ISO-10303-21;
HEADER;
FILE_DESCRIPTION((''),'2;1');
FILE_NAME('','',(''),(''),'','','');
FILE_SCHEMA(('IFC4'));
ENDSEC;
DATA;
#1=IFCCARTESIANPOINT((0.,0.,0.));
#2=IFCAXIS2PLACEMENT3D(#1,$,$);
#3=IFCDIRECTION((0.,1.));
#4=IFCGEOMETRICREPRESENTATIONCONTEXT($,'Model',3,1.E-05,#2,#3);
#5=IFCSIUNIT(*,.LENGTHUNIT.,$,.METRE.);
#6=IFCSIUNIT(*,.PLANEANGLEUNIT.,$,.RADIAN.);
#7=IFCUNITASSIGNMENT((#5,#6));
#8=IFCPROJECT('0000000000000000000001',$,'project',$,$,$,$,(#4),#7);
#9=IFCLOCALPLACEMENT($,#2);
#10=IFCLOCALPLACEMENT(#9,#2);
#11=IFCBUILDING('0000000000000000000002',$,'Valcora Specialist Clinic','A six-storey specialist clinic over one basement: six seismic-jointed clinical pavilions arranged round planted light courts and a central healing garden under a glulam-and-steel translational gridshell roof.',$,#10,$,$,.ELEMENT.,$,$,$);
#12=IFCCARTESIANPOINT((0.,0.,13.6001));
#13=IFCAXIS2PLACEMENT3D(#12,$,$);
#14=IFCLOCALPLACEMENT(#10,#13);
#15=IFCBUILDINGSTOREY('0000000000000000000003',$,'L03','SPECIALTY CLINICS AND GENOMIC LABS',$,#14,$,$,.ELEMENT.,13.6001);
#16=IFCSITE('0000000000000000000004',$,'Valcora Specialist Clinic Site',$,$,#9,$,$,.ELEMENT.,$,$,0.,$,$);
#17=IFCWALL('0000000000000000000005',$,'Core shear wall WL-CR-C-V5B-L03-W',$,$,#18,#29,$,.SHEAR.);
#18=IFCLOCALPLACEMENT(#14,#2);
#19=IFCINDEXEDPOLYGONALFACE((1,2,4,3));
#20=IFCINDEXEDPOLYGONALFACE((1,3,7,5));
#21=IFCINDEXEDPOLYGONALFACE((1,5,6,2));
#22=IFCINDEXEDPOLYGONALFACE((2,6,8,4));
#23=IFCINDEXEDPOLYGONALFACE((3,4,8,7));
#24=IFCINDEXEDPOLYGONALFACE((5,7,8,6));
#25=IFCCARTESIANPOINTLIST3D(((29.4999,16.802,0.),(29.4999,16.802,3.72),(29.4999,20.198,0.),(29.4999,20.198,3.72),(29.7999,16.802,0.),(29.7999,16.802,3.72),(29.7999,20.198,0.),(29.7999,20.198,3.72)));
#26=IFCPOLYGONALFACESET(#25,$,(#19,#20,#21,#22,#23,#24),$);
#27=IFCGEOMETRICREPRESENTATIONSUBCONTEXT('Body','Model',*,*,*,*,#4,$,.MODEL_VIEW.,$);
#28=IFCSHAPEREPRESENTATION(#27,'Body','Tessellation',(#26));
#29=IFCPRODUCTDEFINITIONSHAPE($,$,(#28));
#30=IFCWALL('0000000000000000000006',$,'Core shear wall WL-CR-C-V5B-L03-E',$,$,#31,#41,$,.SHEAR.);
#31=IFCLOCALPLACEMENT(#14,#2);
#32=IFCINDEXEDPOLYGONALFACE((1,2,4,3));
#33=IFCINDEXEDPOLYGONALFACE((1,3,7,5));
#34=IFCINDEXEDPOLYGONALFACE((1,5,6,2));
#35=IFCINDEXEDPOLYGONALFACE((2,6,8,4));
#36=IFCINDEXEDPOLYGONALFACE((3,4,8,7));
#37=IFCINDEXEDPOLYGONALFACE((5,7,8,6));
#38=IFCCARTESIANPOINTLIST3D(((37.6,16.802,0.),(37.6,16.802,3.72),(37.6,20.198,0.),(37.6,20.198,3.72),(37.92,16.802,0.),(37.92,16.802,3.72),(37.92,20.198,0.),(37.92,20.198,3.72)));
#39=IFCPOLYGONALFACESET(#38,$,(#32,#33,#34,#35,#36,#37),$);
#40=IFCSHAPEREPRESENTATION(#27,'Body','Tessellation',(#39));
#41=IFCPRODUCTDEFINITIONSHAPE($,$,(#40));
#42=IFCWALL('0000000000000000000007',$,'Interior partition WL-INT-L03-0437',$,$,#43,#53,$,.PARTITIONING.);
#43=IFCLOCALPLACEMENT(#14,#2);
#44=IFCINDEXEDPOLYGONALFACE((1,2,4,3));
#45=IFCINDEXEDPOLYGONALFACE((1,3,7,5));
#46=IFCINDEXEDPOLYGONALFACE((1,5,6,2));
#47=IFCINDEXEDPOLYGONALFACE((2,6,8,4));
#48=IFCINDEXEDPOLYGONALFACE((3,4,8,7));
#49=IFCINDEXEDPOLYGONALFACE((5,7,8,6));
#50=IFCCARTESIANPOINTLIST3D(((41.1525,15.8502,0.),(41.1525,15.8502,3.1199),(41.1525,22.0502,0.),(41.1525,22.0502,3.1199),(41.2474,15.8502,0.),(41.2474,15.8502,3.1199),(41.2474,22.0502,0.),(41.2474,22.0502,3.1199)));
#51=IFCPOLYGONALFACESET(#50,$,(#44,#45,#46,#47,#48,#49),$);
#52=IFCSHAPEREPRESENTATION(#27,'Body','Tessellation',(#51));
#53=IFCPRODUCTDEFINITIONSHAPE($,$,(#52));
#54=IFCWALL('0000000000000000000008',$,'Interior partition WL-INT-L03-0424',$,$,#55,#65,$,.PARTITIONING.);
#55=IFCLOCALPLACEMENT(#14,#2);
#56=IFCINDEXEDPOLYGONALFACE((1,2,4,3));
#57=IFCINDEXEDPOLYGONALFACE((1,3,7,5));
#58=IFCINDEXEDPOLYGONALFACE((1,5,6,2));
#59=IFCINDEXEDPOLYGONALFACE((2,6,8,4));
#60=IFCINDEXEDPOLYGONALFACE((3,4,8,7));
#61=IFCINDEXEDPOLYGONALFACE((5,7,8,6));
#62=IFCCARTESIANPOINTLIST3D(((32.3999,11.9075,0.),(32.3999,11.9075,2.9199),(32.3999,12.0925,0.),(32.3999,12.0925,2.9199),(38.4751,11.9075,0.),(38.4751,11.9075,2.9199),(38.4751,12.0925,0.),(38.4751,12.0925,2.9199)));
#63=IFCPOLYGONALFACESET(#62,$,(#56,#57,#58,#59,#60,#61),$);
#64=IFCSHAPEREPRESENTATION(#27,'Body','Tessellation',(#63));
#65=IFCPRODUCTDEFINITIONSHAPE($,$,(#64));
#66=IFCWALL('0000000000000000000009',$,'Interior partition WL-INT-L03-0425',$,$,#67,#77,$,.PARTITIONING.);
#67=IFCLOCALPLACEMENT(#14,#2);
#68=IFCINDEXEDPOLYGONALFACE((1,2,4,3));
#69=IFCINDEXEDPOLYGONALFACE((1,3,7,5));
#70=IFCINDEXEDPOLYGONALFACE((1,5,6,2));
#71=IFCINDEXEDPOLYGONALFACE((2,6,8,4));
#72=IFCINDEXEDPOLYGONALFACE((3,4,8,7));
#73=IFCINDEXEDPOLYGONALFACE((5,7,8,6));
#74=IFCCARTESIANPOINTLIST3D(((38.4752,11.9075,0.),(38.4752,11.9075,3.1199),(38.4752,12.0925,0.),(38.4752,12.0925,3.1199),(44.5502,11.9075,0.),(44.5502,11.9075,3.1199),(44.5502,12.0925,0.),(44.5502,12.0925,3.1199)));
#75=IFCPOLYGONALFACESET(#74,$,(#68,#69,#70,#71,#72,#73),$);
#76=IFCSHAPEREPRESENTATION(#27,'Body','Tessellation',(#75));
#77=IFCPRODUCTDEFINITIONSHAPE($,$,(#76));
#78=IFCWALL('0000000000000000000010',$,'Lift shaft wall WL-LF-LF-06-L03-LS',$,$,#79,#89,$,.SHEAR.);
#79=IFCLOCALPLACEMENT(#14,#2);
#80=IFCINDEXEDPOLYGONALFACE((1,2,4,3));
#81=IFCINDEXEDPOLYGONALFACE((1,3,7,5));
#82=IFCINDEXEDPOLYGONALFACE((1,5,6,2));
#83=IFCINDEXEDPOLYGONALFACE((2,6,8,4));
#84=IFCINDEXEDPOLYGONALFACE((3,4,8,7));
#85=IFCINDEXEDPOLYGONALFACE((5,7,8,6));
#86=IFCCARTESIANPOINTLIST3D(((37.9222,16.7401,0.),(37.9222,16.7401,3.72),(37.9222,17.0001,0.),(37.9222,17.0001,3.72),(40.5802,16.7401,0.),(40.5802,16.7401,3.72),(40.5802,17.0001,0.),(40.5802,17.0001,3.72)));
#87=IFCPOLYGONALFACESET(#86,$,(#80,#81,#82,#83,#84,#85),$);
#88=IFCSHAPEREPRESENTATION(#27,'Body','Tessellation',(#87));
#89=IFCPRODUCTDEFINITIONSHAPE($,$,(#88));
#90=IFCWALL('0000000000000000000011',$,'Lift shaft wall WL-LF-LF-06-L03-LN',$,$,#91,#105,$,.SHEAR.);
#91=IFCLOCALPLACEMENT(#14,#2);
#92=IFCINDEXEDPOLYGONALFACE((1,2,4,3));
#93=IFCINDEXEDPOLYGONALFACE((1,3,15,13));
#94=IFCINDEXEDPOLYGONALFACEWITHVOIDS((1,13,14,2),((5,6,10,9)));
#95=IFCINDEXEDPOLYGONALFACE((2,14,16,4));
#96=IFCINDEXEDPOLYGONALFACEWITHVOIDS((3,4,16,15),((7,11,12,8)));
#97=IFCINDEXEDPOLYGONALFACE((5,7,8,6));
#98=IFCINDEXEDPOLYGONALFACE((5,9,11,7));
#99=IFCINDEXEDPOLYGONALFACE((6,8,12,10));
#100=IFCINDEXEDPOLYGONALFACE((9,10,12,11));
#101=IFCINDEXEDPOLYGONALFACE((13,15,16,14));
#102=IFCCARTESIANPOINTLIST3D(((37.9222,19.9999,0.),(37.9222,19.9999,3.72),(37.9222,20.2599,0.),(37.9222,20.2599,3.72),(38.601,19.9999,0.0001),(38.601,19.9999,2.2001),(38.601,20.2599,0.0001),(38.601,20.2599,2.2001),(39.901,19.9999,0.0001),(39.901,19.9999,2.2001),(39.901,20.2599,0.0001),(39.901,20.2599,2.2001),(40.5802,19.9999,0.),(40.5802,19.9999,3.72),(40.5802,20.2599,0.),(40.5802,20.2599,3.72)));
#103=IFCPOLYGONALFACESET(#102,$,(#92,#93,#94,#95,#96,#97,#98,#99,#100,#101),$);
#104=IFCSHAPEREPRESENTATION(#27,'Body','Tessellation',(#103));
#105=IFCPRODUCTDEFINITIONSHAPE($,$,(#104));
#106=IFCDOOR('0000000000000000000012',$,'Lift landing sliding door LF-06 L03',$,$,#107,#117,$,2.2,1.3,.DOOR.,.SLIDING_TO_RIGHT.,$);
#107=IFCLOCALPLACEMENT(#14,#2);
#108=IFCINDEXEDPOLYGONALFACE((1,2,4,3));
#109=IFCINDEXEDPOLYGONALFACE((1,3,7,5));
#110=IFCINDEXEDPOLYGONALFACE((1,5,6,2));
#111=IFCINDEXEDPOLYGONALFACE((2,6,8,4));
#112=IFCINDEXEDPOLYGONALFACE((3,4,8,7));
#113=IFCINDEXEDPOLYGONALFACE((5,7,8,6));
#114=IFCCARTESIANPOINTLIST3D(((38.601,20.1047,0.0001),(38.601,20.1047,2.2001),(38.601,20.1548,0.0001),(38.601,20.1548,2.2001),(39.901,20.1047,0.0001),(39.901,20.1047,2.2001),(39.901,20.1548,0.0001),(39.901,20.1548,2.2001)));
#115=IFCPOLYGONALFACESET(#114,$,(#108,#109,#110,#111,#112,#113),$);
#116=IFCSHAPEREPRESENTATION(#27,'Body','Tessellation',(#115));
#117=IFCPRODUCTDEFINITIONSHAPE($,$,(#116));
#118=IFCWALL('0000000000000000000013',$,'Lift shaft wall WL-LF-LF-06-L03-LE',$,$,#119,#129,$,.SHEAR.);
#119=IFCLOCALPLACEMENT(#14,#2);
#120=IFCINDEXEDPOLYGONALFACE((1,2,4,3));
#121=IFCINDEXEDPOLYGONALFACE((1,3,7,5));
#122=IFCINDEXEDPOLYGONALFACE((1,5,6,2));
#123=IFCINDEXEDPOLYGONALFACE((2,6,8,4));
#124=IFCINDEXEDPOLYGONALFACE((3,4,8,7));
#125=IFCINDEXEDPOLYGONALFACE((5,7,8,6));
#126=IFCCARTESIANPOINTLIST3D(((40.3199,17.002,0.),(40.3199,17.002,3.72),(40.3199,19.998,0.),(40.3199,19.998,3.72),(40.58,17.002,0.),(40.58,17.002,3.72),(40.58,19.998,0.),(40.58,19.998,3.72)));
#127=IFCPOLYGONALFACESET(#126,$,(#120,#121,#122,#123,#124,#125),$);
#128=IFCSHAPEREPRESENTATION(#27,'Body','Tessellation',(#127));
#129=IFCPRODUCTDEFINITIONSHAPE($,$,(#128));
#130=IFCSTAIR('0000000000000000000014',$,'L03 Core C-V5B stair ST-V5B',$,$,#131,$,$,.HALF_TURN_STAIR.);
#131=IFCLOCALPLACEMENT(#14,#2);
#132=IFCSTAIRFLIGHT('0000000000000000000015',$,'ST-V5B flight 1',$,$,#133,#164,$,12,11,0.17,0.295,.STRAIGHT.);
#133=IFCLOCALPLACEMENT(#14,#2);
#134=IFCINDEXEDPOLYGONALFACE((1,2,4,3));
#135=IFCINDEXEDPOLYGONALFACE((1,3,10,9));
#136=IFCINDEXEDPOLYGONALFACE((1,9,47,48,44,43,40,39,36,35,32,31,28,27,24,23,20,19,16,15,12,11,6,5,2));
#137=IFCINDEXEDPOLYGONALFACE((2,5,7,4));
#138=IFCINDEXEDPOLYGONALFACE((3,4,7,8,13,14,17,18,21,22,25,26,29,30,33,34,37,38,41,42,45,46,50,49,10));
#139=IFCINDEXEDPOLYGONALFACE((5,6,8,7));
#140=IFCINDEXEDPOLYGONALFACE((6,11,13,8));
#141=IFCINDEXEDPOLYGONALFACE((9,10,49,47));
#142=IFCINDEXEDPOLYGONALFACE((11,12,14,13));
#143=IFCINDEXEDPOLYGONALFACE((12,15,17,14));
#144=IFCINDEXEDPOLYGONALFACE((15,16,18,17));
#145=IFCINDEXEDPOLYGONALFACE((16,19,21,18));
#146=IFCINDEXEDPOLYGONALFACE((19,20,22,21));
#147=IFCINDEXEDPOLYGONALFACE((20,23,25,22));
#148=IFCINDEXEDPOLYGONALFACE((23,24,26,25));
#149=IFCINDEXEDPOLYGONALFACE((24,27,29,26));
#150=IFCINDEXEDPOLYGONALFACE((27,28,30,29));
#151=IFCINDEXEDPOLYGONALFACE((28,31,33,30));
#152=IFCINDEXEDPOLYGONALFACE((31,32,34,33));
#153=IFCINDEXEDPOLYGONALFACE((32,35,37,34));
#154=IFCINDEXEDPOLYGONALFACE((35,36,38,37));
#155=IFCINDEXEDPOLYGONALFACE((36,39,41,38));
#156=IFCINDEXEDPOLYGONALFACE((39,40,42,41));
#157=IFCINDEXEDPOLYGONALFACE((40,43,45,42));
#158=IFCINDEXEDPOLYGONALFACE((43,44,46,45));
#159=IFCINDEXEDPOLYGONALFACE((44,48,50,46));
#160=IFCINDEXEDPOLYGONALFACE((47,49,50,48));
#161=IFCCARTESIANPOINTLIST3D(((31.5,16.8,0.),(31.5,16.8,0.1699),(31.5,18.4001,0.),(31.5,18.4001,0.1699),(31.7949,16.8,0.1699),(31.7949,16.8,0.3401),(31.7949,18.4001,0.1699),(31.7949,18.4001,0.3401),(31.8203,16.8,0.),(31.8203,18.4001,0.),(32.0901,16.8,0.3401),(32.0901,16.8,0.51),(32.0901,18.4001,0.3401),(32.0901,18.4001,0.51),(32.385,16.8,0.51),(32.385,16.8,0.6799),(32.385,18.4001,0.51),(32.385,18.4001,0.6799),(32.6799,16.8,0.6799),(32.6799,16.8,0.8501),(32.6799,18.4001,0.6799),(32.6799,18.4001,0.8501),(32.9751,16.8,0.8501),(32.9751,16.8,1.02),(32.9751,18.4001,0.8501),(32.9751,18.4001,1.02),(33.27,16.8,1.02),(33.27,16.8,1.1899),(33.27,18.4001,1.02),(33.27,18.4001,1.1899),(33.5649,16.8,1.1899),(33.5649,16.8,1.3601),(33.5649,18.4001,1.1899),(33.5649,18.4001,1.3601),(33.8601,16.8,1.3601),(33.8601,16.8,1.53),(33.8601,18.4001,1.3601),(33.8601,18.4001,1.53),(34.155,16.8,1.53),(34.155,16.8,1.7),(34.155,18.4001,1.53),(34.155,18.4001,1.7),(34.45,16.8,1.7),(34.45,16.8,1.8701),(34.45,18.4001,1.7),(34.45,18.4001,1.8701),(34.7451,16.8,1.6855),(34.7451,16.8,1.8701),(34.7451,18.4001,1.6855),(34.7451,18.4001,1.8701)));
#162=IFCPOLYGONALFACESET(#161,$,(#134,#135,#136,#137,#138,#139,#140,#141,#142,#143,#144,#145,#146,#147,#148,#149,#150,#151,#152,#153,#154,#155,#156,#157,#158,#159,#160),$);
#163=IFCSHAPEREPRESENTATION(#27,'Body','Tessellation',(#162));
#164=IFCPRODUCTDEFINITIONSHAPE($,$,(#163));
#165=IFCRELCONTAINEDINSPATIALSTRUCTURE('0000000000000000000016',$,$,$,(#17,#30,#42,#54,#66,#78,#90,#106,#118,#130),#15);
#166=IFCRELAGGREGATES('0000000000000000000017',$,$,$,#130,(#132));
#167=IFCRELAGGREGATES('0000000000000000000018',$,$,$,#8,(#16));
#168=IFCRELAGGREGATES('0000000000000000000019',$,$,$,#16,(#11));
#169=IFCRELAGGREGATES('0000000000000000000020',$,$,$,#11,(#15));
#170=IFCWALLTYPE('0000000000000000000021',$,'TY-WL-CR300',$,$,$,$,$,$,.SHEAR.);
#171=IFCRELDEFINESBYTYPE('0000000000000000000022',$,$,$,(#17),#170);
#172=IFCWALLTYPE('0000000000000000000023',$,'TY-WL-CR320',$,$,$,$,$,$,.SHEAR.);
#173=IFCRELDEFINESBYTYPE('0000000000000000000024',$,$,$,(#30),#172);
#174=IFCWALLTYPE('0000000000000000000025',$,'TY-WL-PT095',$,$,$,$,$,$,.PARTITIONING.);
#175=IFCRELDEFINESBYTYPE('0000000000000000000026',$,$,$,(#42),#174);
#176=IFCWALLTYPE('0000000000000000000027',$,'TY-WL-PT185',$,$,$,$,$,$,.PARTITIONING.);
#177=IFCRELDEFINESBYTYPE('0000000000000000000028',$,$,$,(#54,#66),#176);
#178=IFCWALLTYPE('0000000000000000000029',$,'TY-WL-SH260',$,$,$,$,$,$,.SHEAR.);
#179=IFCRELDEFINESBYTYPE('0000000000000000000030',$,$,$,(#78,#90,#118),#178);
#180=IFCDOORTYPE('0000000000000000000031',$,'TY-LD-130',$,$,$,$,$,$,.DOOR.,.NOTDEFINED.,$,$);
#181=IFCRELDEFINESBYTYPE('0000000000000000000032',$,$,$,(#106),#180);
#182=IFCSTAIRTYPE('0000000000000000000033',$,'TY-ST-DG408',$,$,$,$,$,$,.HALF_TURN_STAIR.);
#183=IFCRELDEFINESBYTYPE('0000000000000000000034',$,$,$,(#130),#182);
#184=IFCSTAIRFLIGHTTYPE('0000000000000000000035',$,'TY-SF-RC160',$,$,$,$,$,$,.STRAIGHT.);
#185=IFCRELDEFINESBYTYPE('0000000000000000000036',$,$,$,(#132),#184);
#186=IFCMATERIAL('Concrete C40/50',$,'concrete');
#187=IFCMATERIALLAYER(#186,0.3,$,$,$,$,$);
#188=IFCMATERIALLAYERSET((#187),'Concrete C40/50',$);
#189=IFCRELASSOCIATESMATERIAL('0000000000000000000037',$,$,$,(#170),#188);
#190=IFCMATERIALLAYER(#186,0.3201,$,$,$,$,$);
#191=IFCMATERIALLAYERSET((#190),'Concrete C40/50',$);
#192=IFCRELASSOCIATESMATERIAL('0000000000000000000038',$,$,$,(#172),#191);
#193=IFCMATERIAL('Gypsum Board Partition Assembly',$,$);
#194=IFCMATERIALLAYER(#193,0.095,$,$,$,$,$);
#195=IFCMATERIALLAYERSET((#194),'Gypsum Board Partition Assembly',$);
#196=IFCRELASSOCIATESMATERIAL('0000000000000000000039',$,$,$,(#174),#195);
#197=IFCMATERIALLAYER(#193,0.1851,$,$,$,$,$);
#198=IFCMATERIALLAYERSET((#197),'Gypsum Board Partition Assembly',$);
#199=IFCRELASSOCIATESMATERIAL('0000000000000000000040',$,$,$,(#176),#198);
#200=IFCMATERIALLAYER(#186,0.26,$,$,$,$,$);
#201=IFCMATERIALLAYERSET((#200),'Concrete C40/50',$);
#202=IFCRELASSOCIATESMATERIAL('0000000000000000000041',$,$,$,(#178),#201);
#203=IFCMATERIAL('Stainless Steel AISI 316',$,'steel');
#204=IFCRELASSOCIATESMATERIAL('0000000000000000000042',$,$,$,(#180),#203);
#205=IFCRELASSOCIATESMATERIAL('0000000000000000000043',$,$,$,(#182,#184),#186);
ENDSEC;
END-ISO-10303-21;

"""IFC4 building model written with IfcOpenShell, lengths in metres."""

from ifc_helpers import new_model, si_unit, direction, frame, frame_2d, origin, place, context, subcontext, project, spatial, polyline, rectangle, outline, extrude, material, layer, layer_set, type_object, element, fill, aggregate, save


model = new_model("IFC4")

# Units and contexts
model_context = context("Model", 3, precision=1e-05, world=origin(), true_north=direction((0.0, 1.0)))
body_context = subcontext(model_context, "Body", "Model", "MODEL_VIEW")
ifc_project = project(units=[si_unit("LENGTHUNIT", "METRE"), si_unit("PLANEANGLEUNIT", "RADIAN")], contexts=[model_context])

# Site, building, storey
site_placement = place(None, origin())
site = spatial("IfcSite", under=ifc_project, at=site_placement, Name="Valcora Specialist Clinic Site", CompositionType="ELEMENT", RefElevation=0.0)
building_placement = place(site_placement, origin())
building = spatial("IfcBuilding", under=site, at=building_placement, Name="Valcora Specialist Clinic", Description="A six-storey specialist clinic over one basement: six seismic-jointed clinical pavilions arranged round planted light courts and a central healing garden under a glulam-and-steel translational gridshell roof.", CompositionType="ELEMENT")
storey_placement = place(building_placement, frame((0.0, 0.0, 13.6001)))
storey = spatial("IfcBuildingStorey", under=building, at=storey_placement, Name="L03", Description="SPECIALTY CLINICS AND GENOMIC LABS", CompositionType="ELEMENT", Elevation=13.6001)

# Shared definitions
ifc_material_1 = material(Name="Concrete C40/50", Category="concrete")

# Shared definitions
ifc_layer_1 = layer(ifc_material_1, 0.3)
ifc_layer_set_1 = layer_set([ifc_layer_1], Name="Concrete C40/50")
wall_type_1 = type_object("IfcWallType", Name="TY-WL-CR300", PredefinedType="SHEAR", material=ifc_layer_set_1)

# Walls
wall_1_placement = place(storey_placement, frame((29.6499, 16.802, 0.0), z_axis=(0.0, 0.0, 1.0), x_axis=(0.0, 1.0, 0.0)))
element("IfcWall", 1, at=wall_1_placement, inside=storey, type_object=wall_type_1, Name="Core shear wall WL-CR-C-V5B-L03-W", PredefinedType="SHEAR", context=body_context, shape_type="SweptSolid", body=[
    extrude(rectangle(XDim=3.396, YDim=0.3, at=frame_2d((1.698, 0.0))), origin(), (0.0, 0.0, 1.0), 3.72),
])
ifc_layer_2 = layer(ifc_material_1, 0.3201)
ifc_layer_set_2 = layer_set([ifc_layer_2], Name="Concrete C40/50")
wall_type_2 = type_object("IfcWallType", Name="TY-WL-CR320", PredefinedType="SHEAR", material=ifc_layer_set_2)
wall_2_placement = place(storey_placement, frame((37.76, 16.802, 0.0), z_axis=(0.0, 0.0, 1.0), x_axis=(0.0, 1.0, 0.0)))
element("IfcWall", 2, at=wall_2_placement, inside=storey, type_object=wall_type_2, Name="Core shear wall WL-CR-C-V5B-L03-E", PredefinedType="SHEAR", context=body_context, shape_type="SweptSolid", body=[
    extrude(rectangle(XDim=3.396, YDim=0.3201, at=frame_2d((1.698, 0.0))), origin(), (0.0, 0.0, 1.0), 3.72),
])
ifc_material_2 = material(Name="Gypsum Board Partition Assembly")
ifc_layer_3 = layer(ifc_material_2, 0.095)
ifc_layer_set_3 = layer_set([ifc_layer_3], Name="Gypsum Board Partition Assembly")
wall_type_3 = type_object("IfcWallType", Name="TY-WL-PT095", PredefinedType="PARTITIONING", material=ifc_layer_set_3)
wall_3_placement = place(storey_placement, frame((41.2, 15.8501, 0.0), z_axis=(0.0, 0.0, 1.0), x_axis=(0.0, 1.0, 0.0)))
element("IfcWall", 3, at=wall_3_placement, inside=storey, type_object=wall_type_3, Name="Interior partition WL-INT-L03-0437", PredefinedType="PARTITIONING", context=body_context, shape_type="SweptSolid", body=[
    extrude(rectangle(XDim=6.2, YDim=0.095, at=frame_2d((3.1001, 0.0))), origin(), (0.0, 0.0, 1.0), 3.1199),
])

# Walls
ifc_layer_4 = layer(ifc_material_2, 0.1851)
ifc_layer_set_4 = layer_set([ifc_layer_4], Name="Gypsum Board Partition Assembly")
wall_type_4 = type_object("IfcWallType", Name="TY-WL-PT185", PredefinedType="PARTITIONING", material=ifc_layer_set_4)
wall_4_placement = place(storey_placement, frame((32.3999, 12.0, 0.0), z_axis=(0.0, 0.0, 1.0), x_axis=(1.0, 0.0, 0.0)))
element("IfcWall", 4, at=wall_4_placement, inside=storey, type_object=wall_type_4, Name="Interior partition WL-INT-L03-0424", PredefinedType="PARTITIONING", context=body_context, shape_type="SweptSolid", body=[
    extrude(rectangle(XDim=6.0752, YDim=0.1851, at=frame_2d((3.0376, 0.0))), origin(), (0.0, 0.0, 1.0), 2.9199),
])
wall_5_placement = place(storey_placement, frame((38.4751, 12.0, 0.0), z_axis=(0.0, 0.0, 1.0), x_axis=(1.0, 0.0, 0.0)))
element("IfcWall", 5, at=wall_5_placement, inside=storey, type_object=wall_type_4, Name="Interior partition WL-INT-L03-0425", PredefinedType="PARTITIONING", context=body_context, shape_type="SweptSolid", body=[
    extrude(rectangle(XDim=6.075, YDim=0.1851, at=frame_2d((3.0376, 0.0))), origin(), (0.0, 0.0, 1.0), 3.1199),
])
ifc_layer_5 = layer(ifc_material_1, 0.26)
ifc_layer_set_5 = layer_set([ifc_layer_5], Name="Concrete C40/50")
wall_type_5 = type_object("IfcWallType", Name="TY-WL-SH260", PredefinedType="SHEAR", material=ifc_layer_set_5)
wall_6_placement = place(storey_placement, frame((37.9221, 16.8701, 0.0), z_axis=(0.0, 0.0, 1.0), x_axis=(1.0, 0.0, 0.0)))
element("IfcWall", 6, at=wall_6_placement, inside=storey, type_object=wall_type_5, Name="Lift shaft wall WL-LF-LF-06-L03-LS", PredefinedType="SHEAR", context=body_context, shape_type="SweptSolid", body=[
    extrude(rectangle(XDim=2.658, YDim=0.26, at=frame_2d((1.3291, 0.0))), origin(), (0.0, 0.0, 1.0), 3.72),
])

# Wall, opening, door
wall_7_placement = place(storey_placement, frame((37.9221, 20.1299, 0.0), z_axis=(0.0, 0.0, 1.0), x_axis=(1.0, 0.0, 0.0)))
wall_7 = element("IfcWall", 7, at=wall_7_placement, inside=storey, type_object=wall_type_5, Name="Lift shaft wall WL-LF-LF-06-L03-LN", PredefinedType="SHEAR", context=body_context, shape_type="SweptSolid", body=[
    extrude(rectangle(XDim=2.658, YDim=0.26, at=frame_2d((1.3291, 0.0))), origin(), (0.0, 0.0, 1.0), 3.72),
])
opening_1_placement = place(wall_7_placement, frame((0.679, 0.0, 0.0)))
opening_1 = element("IfcOpeningElement", 8, at=opening_1_placement, cuts=wall_7, PredefinedType="OPENING", context=body_context, shape_type="SweptSolid", body=[
    extrude(rectangle(XDim=1.3, YDim=2.2, at=frame_2d((0.6499, 1.1001))), frame((0.0, 0.1399, 0.0), z_axis=(0.0, -1.0, 0.0), x_axis=(1.0, 0.0, 0.0)), (0.0, 0.0, 1.0), 0.28),
])
ifc_material_3 = material(Name="Stainless Steel AISI 316", Category="steel")
door_type_1 = type_object("IfcDoorType", Name="TY-LD-130", OperationType="NOTDEFINED", PredefinedType="DOOR", material=ifc_material_3)
door_1_placement = place(opening_1_placement, origin())
door_1 = element("IfcDoor", 9, at=door_1_placement, inside=storey, type_object=door_type_1, Name="Lift landing sliding door LF-06 L03", OperationType="SLIDING_TO_RIGHT", OverallHeight=2.2, OverallWidth=1.3, PredefinedType="DOOR", context=body_context, shape_type="SweptSolid", body=[
    extrude(rectangle(XDim=1.3, YDim=2.2, at=frame_2d((0.6499, 1.1001))), frame((0.0, 0.0249, 0.0), z_axis=(0.0, -1.0, 0.0), x_axis=(1.0, 0.0, 0.0)), (0.0, 0.0, 1.0), 0.05),
])
fill(opening_1, door_1)

# Wall
wall_8_placement = place(storey_placement, frame((40.45, 17.002, 0.0), z_axis=(0.0, 0.0, 1.0), x_axis=(0.0, 1.0, 0.0)))
element("IfcWall", 10, at=wall_8_placement, inside=storey, type_object=wall_type_5, Name="Lift shaft wall WL-LF-LF-06-L03-LE", PredefinedType="SHEAR", context=body_context, shape_type="SweptSolid", body=[
    extrude(rectangle(XDim=2.9961, YDim=0.26, at=frame_2d((1.498, 0.0))), origin(), (0.0, 0.0, 1.0), 3.72),
])

# Stair, stair flight
stair_type = type_object("IfcStairType", Name="TY-ST-DG408", PredefinedType="HALF_TURN_STAIR", material=ifc_material_1)
stair_placement = place(storey_placement, origin())
stair = element("IfcStair", 11, at=stair_placement, inside=storey, type_object=stair_type, Name="L03 Core C-V5B stair ST-V5B", PredefinedType="HALF_TURN_STAIR")
stair_flight_type = type_object("IfcStairFlightType", Name="TY-SF-RC160", PredefinedType="STRAIGHT", material=ifc_material_1)
stair_flight_1_placement = place(storey_placement, frame((31.5, 17.6001, 0.0), z_axis=(0.0, 0.0, 1.0), x_axis=(1.0, 0.0, 0.0)))
stair_flight_1 = element("IfcStairFlight", 12, at=stair_flight_1_placement, type_object=stair_flight_type, Name="ST-V5B flight 1", NumberOfRisers=12, NumberOfTreads=11, PredefinedType="STRAIGHT", RiserHeight=0.17, TreadLength=0.295, context=body_context, shape_type="SweptSolid", body=[
    extrude(outline(polyline([(0.0, 0.0), (0.0, 0.1699), (0.2949, 0.1699), (0.2949, 0.3401), (0.5901, 0.3401), (0.5901, 0.51), (0.885, 0.51), (0.885, 0.6799), (1.1799, 0.6799), (1.1799, 0.8501), (1.4751, 0.8501), (1.4751, 1.02), (1.77, 1.02), (1.77, 1.1899), (2.0649, 1.1899), (2.0649, 1.3601), (2.3601, 1.3601), (2.3601, 1.53), (2.655, 1.53), (2.655, 1.7), (2.95, 1.7), (2.95, 1.8701), (3.2451, 1.8701), (3.2451, 2.04), (3.2451, 1.6855), (0.3203, 0.0), (0.0, 0.0)])), frame((0.0, 0.8, 0.0), z_axis=(0.0, -1.0, 0.0), x_axis=(1.0, 0.0, 0.0)), (0.0, 0.0, 1.0), 1.6001),
])
aggregate(stair, [stair_flight_1])

save(model, "model.ifc")
